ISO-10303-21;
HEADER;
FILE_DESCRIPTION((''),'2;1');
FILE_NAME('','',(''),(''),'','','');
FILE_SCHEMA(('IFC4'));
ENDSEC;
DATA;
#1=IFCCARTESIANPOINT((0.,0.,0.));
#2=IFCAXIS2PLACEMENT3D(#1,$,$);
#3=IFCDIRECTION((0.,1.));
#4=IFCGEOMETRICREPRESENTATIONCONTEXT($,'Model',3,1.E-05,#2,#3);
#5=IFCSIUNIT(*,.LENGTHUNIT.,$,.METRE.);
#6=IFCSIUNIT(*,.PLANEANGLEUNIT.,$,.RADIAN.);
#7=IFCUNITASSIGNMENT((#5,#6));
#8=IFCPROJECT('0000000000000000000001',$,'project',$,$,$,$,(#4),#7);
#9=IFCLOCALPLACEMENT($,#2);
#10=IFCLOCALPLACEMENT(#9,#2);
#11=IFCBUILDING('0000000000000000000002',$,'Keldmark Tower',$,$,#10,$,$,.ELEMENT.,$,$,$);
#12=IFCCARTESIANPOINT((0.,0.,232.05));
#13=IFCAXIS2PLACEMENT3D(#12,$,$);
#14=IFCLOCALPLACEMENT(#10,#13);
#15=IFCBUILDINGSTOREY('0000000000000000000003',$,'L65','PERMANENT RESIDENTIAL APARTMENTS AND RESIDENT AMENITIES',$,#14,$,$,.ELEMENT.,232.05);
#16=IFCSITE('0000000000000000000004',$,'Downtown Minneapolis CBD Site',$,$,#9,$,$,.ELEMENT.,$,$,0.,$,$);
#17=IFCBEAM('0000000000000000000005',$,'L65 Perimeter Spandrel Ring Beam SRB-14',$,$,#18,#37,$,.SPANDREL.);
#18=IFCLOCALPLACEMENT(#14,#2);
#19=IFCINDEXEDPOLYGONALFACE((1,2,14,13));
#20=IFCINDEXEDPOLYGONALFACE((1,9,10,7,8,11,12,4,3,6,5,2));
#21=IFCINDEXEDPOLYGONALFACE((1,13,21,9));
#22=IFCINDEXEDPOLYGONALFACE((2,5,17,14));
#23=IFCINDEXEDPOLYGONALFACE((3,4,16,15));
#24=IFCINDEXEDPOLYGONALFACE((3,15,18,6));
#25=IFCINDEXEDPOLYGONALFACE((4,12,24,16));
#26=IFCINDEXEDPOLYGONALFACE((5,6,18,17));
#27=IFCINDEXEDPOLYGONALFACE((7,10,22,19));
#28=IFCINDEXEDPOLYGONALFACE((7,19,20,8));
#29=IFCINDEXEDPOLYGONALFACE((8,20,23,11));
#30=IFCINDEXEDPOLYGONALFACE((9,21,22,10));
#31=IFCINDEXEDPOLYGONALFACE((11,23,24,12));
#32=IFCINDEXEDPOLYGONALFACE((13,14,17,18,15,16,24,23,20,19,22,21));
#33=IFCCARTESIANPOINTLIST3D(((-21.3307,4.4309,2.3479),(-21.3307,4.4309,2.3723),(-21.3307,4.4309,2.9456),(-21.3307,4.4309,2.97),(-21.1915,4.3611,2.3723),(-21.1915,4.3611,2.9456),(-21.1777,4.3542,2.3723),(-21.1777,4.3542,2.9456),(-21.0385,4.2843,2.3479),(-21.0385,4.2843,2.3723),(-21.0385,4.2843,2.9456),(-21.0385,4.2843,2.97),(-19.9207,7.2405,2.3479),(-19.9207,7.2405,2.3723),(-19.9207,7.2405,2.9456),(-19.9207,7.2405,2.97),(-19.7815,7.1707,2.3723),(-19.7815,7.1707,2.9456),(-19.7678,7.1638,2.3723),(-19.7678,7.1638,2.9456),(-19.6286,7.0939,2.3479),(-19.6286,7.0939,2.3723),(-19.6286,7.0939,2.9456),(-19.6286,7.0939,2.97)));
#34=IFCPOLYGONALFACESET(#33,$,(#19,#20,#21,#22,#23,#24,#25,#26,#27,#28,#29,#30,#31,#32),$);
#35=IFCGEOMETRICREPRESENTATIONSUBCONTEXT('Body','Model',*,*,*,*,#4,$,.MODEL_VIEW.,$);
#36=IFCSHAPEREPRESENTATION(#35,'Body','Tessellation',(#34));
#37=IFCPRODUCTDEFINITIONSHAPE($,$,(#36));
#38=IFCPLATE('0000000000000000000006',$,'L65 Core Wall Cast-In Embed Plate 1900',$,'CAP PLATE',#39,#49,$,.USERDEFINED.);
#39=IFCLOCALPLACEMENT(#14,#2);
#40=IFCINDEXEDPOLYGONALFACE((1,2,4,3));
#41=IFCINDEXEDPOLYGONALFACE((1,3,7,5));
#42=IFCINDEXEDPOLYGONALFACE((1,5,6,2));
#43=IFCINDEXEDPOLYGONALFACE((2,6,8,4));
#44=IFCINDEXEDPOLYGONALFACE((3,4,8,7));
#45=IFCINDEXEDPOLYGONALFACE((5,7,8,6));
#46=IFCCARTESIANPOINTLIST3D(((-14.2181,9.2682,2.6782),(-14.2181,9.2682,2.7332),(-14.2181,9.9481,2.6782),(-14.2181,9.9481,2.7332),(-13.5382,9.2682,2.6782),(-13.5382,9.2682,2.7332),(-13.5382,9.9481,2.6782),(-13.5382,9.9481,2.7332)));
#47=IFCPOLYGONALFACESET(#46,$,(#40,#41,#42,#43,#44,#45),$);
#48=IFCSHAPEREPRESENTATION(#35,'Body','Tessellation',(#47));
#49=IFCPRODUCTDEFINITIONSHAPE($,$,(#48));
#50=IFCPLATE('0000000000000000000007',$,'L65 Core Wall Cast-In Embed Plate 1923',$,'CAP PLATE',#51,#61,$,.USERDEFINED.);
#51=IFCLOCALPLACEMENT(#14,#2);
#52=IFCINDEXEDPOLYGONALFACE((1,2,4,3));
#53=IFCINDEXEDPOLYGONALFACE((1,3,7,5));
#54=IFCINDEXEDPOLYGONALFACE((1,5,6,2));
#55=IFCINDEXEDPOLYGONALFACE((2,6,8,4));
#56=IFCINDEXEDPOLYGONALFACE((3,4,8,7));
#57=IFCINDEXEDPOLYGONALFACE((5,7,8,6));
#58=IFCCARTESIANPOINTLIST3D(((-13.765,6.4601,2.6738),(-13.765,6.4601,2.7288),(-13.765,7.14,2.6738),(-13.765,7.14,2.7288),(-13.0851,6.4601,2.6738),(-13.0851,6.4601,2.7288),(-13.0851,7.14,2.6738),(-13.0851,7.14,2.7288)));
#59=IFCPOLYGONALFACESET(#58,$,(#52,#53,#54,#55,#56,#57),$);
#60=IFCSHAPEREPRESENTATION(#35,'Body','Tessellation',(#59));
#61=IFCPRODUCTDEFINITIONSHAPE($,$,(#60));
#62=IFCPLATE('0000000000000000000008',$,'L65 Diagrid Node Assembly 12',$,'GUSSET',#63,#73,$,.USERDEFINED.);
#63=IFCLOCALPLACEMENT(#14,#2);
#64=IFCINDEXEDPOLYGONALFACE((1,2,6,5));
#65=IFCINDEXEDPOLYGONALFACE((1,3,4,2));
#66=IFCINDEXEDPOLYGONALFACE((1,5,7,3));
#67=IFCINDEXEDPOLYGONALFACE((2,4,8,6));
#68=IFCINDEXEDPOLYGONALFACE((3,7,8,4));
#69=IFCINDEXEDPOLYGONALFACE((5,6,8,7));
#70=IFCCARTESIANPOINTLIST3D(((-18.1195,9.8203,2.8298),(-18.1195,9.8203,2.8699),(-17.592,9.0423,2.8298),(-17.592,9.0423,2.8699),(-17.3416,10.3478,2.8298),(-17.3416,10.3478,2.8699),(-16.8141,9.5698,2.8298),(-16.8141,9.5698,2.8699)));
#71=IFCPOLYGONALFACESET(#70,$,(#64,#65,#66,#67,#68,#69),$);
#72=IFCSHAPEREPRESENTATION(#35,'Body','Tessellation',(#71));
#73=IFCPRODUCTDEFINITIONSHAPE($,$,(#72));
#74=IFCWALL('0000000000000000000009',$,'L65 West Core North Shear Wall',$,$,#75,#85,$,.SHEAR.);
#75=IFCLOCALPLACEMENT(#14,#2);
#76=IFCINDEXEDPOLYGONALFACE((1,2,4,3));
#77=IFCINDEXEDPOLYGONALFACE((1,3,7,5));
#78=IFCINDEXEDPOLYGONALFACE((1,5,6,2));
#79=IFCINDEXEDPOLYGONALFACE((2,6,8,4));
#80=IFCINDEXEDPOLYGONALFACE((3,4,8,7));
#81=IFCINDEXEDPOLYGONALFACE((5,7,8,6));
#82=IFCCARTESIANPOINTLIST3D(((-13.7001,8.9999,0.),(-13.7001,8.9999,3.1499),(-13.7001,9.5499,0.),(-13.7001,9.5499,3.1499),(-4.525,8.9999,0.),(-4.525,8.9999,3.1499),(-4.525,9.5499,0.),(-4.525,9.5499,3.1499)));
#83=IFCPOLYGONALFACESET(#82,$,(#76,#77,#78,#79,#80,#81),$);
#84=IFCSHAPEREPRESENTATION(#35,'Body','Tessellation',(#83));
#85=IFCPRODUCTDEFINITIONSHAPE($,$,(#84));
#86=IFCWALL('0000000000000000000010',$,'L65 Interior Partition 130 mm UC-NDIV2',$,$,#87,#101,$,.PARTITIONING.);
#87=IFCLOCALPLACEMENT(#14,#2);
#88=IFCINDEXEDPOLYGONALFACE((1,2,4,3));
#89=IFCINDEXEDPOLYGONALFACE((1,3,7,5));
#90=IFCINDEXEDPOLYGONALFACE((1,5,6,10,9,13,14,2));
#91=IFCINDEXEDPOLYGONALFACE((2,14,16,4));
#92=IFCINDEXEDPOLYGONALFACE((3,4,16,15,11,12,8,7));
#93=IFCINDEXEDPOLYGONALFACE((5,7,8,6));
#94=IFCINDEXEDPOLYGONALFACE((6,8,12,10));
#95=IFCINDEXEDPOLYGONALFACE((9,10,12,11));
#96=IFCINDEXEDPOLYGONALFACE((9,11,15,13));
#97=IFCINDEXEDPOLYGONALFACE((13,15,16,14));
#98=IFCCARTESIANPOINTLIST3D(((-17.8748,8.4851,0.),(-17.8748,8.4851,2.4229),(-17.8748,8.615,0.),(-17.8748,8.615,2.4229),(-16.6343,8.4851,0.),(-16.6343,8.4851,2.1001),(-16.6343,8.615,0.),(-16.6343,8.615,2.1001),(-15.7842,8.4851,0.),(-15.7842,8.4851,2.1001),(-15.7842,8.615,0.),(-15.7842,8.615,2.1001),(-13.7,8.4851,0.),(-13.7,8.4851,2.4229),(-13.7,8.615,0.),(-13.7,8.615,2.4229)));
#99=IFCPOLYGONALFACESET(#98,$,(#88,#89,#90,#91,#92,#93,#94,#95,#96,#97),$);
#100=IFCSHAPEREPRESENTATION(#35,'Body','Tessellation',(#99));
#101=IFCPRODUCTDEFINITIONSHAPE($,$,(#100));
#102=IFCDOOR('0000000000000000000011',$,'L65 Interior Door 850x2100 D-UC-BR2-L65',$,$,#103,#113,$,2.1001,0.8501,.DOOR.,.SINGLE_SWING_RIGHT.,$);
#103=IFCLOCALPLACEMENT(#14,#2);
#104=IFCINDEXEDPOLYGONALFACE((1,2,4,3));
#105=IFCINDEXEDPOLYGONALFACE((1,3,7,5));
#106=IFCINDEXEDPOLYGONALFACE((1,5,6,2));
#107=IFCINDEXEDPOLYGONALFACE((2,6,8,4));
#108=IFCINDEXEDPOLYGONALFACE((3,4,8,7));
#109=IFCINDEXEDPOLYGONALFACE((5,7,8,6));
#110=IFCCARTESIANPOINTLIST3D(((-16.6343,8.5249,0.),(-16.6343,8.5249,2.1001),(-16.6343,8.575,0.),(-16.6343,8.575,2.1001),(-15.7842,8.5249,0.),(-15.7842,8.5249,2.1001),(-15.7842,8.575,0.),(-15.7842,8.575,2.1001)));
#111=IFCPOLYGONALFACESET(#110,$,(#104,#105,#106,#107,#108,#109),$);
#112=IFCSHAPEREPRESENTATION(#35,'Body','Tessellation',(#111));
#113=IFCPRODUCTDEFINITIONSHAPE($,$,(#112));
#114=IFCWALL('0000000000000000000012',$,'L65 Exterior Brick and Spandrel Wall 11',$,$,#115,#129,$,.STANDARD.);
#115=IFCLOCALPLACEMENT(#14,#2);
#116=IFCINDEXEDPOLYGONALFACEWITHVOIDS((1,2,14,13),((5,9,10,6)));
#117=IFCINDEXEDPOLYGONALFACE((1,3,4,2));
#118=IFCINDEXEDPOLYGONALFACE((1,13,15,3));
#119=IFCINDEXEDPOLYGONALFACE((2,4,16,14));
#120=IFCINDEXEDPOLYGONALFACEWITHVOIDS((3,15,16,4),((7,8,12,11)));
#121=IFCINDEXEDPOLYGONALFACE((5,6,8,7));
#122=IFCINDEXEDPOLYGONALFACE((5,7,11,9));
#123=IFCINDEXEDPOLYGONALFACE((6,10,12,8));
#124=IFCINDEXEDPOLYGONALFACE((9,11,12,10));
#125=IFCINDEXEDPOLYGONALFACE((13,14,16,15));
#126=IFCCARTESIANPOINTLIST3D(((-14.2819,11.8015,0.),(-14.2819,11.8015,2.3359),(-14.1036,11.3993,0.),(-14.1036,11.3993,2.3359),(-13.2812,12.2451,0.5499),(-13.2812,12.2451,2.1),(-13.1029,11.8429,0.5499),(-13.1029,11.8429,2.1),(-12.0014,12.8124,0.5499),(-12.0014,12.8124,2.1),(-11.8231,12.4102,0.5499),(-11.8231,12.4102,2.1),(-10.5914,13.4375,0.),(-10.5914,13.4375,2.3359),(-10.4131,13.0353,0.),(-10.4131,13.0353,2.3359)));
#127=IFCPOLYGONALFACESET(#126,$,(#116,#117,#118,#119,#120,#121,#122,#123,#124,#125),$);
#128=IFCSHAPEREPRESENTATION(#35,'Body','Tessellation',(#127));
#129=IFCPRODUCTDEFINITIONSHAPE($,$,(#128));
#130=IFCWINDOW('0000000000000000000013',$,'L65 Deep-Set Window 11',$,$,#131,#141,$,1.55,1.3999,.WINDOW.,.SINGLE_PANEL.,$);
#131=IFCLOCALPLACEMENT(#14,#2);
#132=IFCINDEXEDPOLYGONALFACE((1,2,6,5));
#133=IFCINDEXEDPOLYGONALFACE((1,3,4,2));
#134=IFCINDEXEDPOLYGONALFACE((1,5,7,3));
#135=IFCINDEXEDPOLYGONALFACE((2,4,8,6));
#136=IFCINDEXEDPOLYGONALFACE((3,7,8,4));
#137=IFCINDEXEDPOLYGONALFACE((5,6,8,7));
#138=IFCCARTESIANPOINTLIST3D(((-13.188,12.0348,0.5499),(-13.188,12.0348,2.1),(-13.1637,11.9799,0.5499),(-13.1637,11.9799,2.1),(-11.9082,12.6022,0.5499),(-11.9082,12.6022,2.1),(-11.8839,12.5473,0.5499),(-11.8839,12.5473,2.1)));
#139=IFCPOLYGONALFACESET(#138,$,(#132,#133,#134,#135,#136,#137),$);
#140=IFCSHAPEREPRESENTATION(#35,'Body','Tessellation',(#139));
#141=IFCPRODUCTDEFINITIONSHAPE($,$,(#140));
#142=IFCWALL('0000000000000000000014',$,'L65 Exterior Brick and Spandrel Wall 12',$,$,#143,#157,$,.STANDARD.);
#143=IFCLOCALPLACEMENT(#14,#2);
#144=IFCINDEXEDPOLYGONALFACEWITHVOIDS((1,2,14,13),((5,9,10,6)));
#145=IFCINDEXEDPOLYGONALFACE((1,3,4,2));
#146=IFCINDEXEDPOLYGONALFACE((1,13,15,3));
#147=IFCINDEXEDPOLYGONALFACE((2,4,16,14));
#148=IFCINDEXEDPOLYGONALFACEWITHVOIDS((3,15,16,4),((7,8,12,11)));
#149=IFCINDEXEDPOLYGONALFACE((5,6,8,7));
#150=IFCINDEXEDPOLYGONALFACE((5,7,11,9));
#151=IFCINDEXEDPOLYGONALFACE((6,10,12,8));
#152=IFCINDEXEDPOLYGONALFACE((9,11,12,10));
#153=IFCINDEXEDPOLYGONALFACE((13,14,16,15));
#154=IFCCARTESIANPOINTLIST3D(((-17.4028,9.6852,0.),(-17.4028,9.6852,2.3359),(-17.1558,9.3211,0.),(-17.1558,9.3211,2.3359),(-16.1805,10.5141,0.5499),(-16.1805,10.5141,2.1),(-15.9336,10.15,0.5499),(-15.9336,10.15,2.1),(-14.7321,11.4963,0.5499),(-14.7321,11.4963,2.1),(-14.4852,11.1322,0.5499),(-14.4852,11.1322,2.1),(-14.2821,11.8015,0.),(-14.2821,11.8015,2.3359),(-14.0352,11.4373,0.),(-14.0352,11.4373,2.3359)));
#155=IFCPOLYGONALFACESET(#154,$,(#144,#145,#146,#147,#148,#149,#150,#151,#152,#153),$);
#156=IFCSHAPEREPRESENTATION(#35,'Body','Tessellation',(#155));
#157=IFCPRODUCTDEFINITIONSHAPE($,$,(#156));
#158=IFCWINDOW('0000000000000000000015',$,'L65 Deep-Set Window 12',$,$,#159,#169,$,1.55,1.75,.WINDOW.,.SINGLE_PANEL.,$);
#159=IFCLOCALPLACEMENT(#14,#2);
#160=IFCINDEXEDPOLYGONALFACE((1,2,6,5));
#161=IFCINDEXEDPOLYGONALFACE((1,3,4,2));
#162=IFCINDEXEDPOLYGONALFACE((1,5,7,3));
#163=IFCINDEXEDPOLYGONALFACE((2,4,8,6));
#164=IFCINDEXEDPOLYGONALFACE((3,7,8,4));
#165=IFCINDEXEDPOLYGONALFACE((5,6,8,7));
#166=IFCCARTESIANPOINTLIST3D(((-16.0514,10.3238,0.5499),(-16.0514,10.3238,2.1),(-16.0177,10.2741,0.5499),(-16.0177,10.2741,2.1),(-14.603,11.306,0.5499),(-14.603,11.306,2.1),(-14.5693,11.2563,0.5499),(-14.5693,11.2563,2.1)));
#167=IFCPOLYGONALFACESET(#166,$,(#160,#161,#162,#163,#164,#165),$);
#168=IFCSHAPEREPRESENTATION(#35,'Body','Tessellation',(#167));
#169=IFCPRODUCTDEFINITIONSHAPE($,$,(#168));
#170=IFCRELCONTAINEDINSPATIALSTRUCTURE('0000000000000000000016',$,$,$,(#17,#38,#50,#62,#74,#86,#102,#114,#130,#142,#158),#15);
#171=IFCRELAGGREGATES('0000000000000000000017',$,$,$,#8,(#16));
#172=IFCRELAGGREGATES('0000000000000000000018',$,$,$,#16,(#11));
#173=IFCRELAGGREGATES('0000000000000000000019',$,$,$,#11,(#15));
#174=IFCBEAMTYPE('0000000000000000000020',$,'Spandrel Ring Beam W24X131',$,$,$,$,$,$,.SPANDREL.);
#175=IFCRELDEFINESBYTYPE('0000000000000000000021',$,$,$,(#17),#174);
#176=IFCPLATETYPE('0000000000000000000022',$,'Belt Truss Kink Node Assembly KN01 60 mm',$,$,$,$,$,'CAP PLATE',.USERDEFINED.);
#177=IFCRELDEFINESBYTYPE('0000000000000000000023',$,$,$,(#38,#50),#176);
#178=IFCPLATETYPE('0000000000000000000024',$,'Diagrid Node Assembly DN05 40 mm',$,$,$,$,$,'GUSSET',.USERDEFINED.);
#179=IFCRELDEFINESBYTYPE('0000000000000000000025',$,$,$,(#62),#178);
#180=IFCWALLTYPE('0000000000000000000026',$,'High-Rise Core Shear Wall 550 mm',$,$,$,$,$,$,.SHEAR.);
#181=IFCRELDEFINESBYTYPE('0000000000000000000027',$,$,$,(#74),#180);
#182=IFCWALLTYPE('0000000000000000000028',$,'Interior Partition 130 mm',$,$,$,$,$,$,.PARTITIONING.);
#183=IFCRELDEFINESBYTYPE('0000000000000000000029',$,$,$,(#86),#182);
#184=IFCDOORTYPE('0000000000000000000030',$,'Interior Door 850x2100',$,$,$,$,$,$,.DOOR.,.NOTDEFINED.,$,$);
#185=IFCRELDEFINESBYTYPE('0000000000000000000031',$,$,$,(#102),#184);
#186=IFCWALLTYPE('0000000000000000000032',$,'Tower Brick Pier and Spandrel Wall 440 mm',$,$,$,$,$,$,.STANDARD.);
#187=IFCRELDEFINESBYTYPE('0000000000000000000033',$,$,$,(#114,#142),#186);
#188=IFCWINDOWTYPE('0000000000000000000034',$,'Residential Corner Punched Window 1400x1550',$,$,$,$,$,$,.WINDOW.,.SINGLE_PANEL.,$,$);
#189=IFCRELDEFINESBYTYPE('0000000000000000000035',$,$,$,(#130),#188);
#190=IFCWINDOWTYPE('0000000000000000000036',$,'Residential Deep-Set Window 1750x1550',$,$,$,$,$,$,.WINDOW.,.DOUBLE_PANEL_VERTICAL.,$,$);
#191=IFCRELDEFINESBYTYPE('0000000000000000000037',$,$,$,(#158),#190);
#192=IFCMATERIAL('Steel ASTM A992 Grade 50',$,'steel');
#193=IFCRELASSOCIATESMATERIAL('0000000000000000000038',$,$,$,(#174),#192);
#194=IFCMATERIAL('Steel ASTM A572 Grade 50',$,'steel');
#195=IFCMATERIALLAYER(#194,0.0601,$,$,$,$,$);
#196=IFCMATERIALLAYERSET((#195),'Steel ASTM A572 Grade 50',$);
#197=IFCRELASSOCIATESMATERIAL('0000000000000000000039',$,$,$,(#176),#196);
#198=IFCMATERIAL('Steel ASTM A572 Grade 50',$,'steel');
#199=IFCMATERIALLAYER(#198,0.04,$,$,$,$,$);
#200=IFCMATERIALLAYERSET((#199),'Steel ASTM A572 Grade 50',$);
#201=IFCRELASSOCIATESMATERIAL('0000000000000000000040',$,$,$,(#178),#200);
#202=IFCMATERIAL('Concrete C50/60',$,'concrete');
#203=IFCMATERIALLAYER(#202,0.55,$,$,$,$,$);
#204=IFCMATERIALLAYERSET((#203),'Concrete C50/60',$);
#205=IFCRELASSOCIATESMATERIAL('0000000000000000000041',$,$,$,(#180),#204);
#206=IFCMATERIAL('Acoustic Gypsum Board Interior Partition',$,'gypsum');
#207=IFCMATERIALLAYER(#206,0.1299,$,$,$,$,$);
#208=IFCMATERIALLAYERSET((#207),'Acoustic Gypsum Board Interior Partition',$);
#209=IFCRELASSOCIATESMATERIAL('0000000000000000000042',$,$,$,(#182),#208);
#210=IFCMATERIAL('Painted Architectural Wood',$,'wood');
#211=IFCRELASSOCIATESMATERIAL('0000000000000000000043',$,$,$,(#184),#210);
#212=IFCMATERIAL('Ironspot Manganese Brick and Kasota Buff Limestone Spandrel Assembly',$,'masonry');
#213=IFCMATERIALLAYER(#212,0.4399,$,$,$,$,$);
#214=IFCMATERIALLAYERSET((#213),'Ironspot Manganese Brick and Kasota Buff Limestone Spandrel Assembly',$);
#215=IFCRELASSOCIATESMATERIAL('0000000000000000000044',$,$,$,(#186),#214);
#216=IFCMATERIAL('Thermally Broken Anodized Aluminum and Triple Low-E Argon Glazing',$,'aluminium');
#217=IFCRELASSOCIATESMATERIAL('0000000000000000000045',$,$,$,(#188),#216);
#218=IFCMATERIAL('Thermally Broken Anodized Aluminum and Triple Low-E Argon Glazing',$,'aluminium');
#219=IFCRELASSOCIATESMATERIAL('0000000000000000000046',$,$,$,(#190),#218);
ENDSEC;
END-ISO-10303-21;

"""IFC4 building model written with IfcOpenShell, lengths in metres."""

from ifc_helpers import new_model, si_unit, direction, frame, frame_2d, origin, origin_2d, place, context, subcontext, project, spatial, rectangle, i_section, extrude, material, layer, layer_set, material_profile, profile_set, type_object, element, fill, save


model = new_model("IFC4")

# Units and contexts
model_context = context("Model", 3, precision=1e-05, world=origin(), true_north=direction((0.0, 1.0)))
body_context = subcontext(model_context, "Body", "Model", "MODEL_VIEW")
ifc_project = project(units=[si_unit("LENGTHUNIT", "METRE"), si_unit("PLANEANGLEUNIT", "RADIAN")], contexts=[model_context])

# Site, building, storey
site_placement = place(None, origin())
site = spatial("IfcSite", under=ifc_project, at=site_placement, Name="Downtown Minneapolis CBD Site", CompositionType="ELEMENT", RefElevation=0.0)
building_placement = place(site_placement, origin())
building = spatial("IfcBuilding", under=site, at=building_placement, Name="Keldmark Tower", CompositionType="ELEMENT")
storey_placement = place(building_placement, frame((0.0, 0.0, 232.05)))
storey = spatial("IfcBuildingStorey", under=building, at=storey_placement, Name="L65", Description="PERMANENT RESIDENTIAL APARTMENTS AND RESIDENT AMENITIES", CompositionType="ELEMENT", Elevation=232.05)

# Beam
ifc_material_1 = material(Name="Steel ASTM A992 Grade 50", Category="steel")
ifc_material_profile_1 = material_profile(ifc_material_1, i_section(OverallWidth=0.3269, OverallDepth=0.6221, WebThickness=0.0154, FlangeThickness=0.0244, at=origin_2d()), Name="W24X131")
ifc_profile_set_1 = profile_set([ifc_material_profile_1], Name="Steel ASTM A992 Grade 50")
beam_type_1 = type_object("IfcBeamType", Name="Spandrel Ring Beam W24X131", PredefinedType="SPANDREL", material=ifc_profile_set_1)
beam_1_placement = place(storey_placement, frame((-19.7747, 7.1672, 2.6589), z_axis=(-0.448518, -0.893774, 0.0), x_axis=(0.893774, -0.448518, 0.0)))
element("IfcBeam", 1, at=beam_1_placement, inside=storey, type_object=beam_type_1, Name="L65 Perimeter Spandrel Ring Beam SRB-14", PredefinedType="SPANDREL", context=body_context, shape_type="SweptSolid", body=[
    extrude(i_section(OverallWidth=0.3269, OverallDepth=0.6221, WebThickness=0.0154, FlangeThickness=0.0244, at=origin_2d()), origin(), (0.0, 0.0, 1.0), 3.1436),
])

# Plates
ifc_material_2 = material(Name="Steel ASTM A572 Grade 50", Category="steel")
ifc_layer_1 = layer(ifc_material_2, 0.0601)
ifc_layer_set_1 = layer_set([ifc_layer_1], Name="Steel ASTM A572 Grade 50")
plate_type_1 = type_object("IfcPlateType", Name="Belt Truss Kink Node Assembly KN01 60 mm", ElementType="CAP PLATE", PredefinedType="USERDEFINED", material=ifc_layer_set_1)
for number, where, z_axis, x_axis, name in (
    (2, (-13.8782, 9.6082, 2.6782), (0.0, 0.0, 1.0), (1.0, 0.0, 0.0), "L65 Core Wall Cast-In Embed Plate 1900"),
    (3, (-13.425, 6.8, 2.6738), (0.0, 0.0, 1.0), (1.0, 0.0, 0.0), "L65 Core Wall Cast-In Embed Plate 1923"),
):
    element("IfcPlate", number, at=place(storey_placement, frame(where, z_axis=z_axis, x_axis=x_axis)), inside=storey, type_object=plate_type_1, Name=name, ObjectType="CAP PLATE", PredefinedType="USERDEFINED", context=body_context, shape_type="SweptSolid", body=[
        extrude(rectangle(XDim=0.6799, YDim=0.6799, at=origin_2d()), origin(), (0.0, 0.0, 1.0), 0.0549),
    ])
ifc_material_3 = material(Name="Steel ASTM A572 Grade 50", Category="steel")
ifc_layer_2 = layer(ifc_material_3, 0.04)
ifc_layer_set_2 = layer_set([ifc_layer_2], Name="Steel ASTM A572 Grade 50")
plate_type_2 = type_object("IfcPlateType", Name="Diagrid Node Assembly DN05 40 mm", ElementType="GUSSET", PredefinedType="USERDEFINED", material=ifc_layer_set_2)
plate_placement = place(storey_placement, frame((-17.4668, 9.6951, 2.8298), z_axis=(0.0, 0.0, 1.0), x_axis=(-0.827669, -0.561217, 0.0)))
element("IfcPlate", 4, at=plate_placement, inside=storey, type_object=plate_type_2, Name="L65 Diagrid Node Assembly 12", ObjectType="GUSSET", PredefinedType="USERDEFINED", context=body_context, shape_type="SweptSolid", body=[
    extrude(rectangle(XDim=0.9399, YDim=0.9399, at=origin_2d()), origin(), (0.0, 0.0, 1.0), 0.04),
])

# Wall
ifc_material_4 = material(Name="Concrete C50/60", Category="concrete")
ifc_layer_3 = layer(ifc_material_4, 0.55)
ifc_layer_set_3 = layer_set([ifc_layer_3], Name="Concrete C50/60")
wall_type_1 = type_object("IfcWallType", Name="High-Rise Core Shear Wall 550 mm", PredefinedType="SHEAR", material=ifc_layer_set_3)
wall_1_placement = place(storey_placement, frame((-13.7, 9.2749, 0.0), z_axis=(0.0, 0.0, 1.0), x_axis=(1.0, 0.0, 0.0)))
element("IfcWall", 5, at=wall_1_placement, inside=storey, type_object=wall_type_1, Name="L65 West Core North Shear Wall", PredefinedType="SHEAR", context=body_context, shape_type="SweptSolid", body=[
    extrude(rectangle(XDim=9.175, YDim=0.55, at=frame_2d((4.5874, 0.0))), origin(), (0.0, 0.0, 1.0), 3.1499),
])

# Wall, opening, door
ifc_material_5 = material(Name="Acoustic Gypsum Board Interior Partition", Category="gypsum")
ifc_layer_4 = layer(ifc_material_5, 0.1299)
ifc_layer_set_4 = layer_set([ifc_layer_4], Name="Acoustic Gypsum Board Interior Partition")
wall_type_2 = type_object("IfcWallType", Name="Interior Partition 130 mm", PredefinedType="PARTITIONING", material=ifc_layer_set_4)
wall_2_placement = place(storey_placement, frame((-17.8748, 8.55, 0.0), z_axis=(0.0, 0.0, 1.0), x_axis=(1.0, 0.0, 0.0)))
wall_2 = element("IfcWall", 6, at=wall_2_placement, inside=storey, type_object=wall_type_2, Name="L65 Interior Partition 130 mm UC-NDIV2", PredefinedType="PARTITIONING", context=body_context, shape_type="SweptSolid", body=[
    extrude(rectangle(XDim=4.1748, YDim=0.1299, at=frame_2d((2.0874, 0.0))), origin(), (0.0, 0.0, 1.0), 2.4229),
])
opening_1_placement = place(wall_2_placement, frame((1.2405, 0.0, 0.0)))
opening_1 = element("IfcOpeningElement", 7, at=opening_1_placement, cuts=wall_2, PredefinedType="OPENING", context=body_context, shape_type="SweptSolid", body=[
    extrude(rectangle(XDim=0.8501, YDim=2.1001, at=frame_2d((0.425, 1.05))), frame((0.0, 0.075, 0.0), z_axis=(0.0, -1.0, 0.0), x_axis=(1.0, 0.0, 0.0)), (0.0, 0.0, 1.0), 0.1499),
])
ifc_material_6 = material(Name="Painted Architectural Wood", Category="wood")
door_type = type_object("IfcDoorType", Name="Interior Door 850x2100", OperationType="NOTDEFINED", PredefinedType="DOOR", material=ifc_material_6)
door_placement = place(opening_1_placement, origin())
door = element("IfcDoor", 8, at=door_placement, inside=storey, type_object=door_type, Name="L65 Interior Door 850x2100 D-UC-BR2-L65", OperationType="SINGLE_SWING_RIGHT", OverallHeight=2.1001, OverallWidth=0.8501, PredefinedType="DOOR", context=body_context, shape_type="SweptSolid", body=[
    extrude(rectangle(XDim=0.8501, YDim=2.1001, at=frame_2d((0.425, 1.05))), frame((0.0, 0.0249, 0.0), z_axis=(0.0, -1.0, 0.0), x_axis=(1.0, 0.0, 0.0)), (0.0, 0.0, 1.0), 0.05),
])
fill(opening_1, door)

# Walls, openings, windows
ifc_material_7 = material(Name="Ironspot Manganese Brick and Kasota Buff Limestone Spandrel Assembly", Category="masonry")
ifc_layer_5 = layer(ifc_material_7, 0.4399)
ifc_layer_set_5 = layer_set([ifc_layer_5], Name="Ironspot Manganese Brick and Kasota Buff Limestone Spandrel Assembly")
wall_type_3 = type_object("IfcWallType", Name="Tower Brick Pier and Spandrel Wall 440 mm", PredefinedType="STANDARD", material=ifc_layer_set_5)
wall_3_placement = place(storey_placement, frame((-14.1929, 11.6003, 0.0), z_axis=(0.0, 0.0, 1.0), x_axis=(0.914198, 0.405269, 0.0)))
wall_3 = element("IfcWall", 9, at=wall_3_placement, inside=storey, type_object=wall_type_3, Name="L65 Exterior Brick and Spandrel Wall 11", PredefinedType="STANDARD", context=body_context, shape_type="SweptSolid", body=[
    extrude(rectangle(XDim=4.0369, YDim=0.4399, at=frame_2d((2.0186, 0.0))), origin(), (0.0, 0.0, 1.0), 2.3359),
])
opening_2_placement = place(wall_3_placement, frame((1.0947, 0.0, 0.55)))
opening_2 = element("IfcOpeningElement", 10, at=opening_2_placement, cuts=wall_3, PredefinedType="OPENING", context=body_context, shape_type="SweptSolid", body=[
    extrude(rectangle(XDim=1.3999, YDim=1.55, at=frame_2d((0.7, 0.7749))), frame((0.0, 0.23, 0.0), z_axis=(0.0, -1.0, 0.0), x_axis=(1.0, 0.0, 0.0)), (0.0, 0.0, 1.0), 0.46),
])
ifc_material_8 = material(Name="Thermally Broken Anodized Aluminum and Triple Low-E Argon Glazing", Category="aluminium")
window_type_1 = type_object("IfcWindowType", Name="Residential Corner Punched Window 1400x1550", PartitioningType="SINGLE_PANEL", PredefinedType="WINDOW", material=ifc_material_8)
window_1_placement = place(opening_2_placement, origin())
window_1 = element("IfcWindow", 11, at=window_1_placement, inside=storey, type_object=window_type_1, Name="L65 Deep-Set Window 11", OverallHeight=1.55, OverallWidth=1.3999, PartitioningType="SINGLE_PANEL", PredefinedType="WINDOW", context=body_context, shape_type="SweptSolid", body=[
    extrude(rectangle(XDim=1.3999, YDim=1.55, at=frame_2d((0.7, 0.7749))), frame((0.0, -0.01, 0.0), z_axis=(0.0, -1.0, 0.0), x_axis=(1.0, 0.0, 0.0)), (0.0, 0.0, 1.0), 0.0601),
])
fill(opening_2, window_1)
wall_4_placement = place(storey_placement, frame((-17.2793, 9.5032, 0.0), z_axis=(0.0, 0.0, 1.0), x_axis=(0.827641, 0.561258, 0.0)))
wall_4 = element("IfcWall", 12, at=wall_4_placement, inside=storey, type_object=wall_type_3, Name="L65 Exterior Brick and Spandrel Wall 12", PredefinedType="STANDARD", context=body_context, shape_type="SweptSolid", body=[
    extrude(rectangle(XDim=3.7705, YDim=0.4399, at=frame_2d((1.8853, 0.0))), origin(), (0.0, 0.0, 1.0), 2.3359),
])
opening_3_placement = place(wall_4_placement, frame((1.4768, 0.0, 0.55)))
opening_3 = element("IfcOpeningElement", 13, at=opening_3_placement, cuts=wall_4, PredefinedType="OPENING", context=body_context, shape_type="SweptSolid", body=[
    extrude(rectangle(XDim=1.75, YDim=1.55, at=frame_2d((0.875, 0.7749))), frame((0.0, 0.23, 0.0), z_axis=(0.0, -1.0, 0.0), x_axis=(1.0, 0.0, 0.0)), (0.0, 0.0, 1.0), 0.46),
])
ifc_material_9 = material(Name="Thermally Broken Anodized Aluminum and Triple Low-E Argon Glazing", Category="aluminium")
window_type_2 = type_object("IfcWindowType", Name="Residential Deep-Set Window 1750x1550", PartitioningType="DOUBLE_PANEL_VERTICAL", PredefinedType="WINDOW", material=ifc_material_9)
window_2_placement = place(opening_3_placement, origin())
window_2 = element("IfcWindow", 14, at=window_2_placement, inside=storey, type_object=window_type_2, Name="L65 Deep-Set Window 12", OverallHeight=1.55, OverallWidth=1.75, PartitioningType="SINGLE_PANEL", PredefinedType="WINDOW", context=body_context, shape_type="SweptSolid", body=[
    extrude(rectangle(XDim=1.75, YDim=1.55, at=frame_2d((0.875, 0.7749))), frame((0.0, -0.01, 0.0), z_axis=(0.0, -1.0, 0.0), x_axis=(1.0, 0.0, 0.0)), (0.0, 0.0, 1.0), 0.0601),
])
fill(opening_3, window_2)

save(model, "model.ifc")
